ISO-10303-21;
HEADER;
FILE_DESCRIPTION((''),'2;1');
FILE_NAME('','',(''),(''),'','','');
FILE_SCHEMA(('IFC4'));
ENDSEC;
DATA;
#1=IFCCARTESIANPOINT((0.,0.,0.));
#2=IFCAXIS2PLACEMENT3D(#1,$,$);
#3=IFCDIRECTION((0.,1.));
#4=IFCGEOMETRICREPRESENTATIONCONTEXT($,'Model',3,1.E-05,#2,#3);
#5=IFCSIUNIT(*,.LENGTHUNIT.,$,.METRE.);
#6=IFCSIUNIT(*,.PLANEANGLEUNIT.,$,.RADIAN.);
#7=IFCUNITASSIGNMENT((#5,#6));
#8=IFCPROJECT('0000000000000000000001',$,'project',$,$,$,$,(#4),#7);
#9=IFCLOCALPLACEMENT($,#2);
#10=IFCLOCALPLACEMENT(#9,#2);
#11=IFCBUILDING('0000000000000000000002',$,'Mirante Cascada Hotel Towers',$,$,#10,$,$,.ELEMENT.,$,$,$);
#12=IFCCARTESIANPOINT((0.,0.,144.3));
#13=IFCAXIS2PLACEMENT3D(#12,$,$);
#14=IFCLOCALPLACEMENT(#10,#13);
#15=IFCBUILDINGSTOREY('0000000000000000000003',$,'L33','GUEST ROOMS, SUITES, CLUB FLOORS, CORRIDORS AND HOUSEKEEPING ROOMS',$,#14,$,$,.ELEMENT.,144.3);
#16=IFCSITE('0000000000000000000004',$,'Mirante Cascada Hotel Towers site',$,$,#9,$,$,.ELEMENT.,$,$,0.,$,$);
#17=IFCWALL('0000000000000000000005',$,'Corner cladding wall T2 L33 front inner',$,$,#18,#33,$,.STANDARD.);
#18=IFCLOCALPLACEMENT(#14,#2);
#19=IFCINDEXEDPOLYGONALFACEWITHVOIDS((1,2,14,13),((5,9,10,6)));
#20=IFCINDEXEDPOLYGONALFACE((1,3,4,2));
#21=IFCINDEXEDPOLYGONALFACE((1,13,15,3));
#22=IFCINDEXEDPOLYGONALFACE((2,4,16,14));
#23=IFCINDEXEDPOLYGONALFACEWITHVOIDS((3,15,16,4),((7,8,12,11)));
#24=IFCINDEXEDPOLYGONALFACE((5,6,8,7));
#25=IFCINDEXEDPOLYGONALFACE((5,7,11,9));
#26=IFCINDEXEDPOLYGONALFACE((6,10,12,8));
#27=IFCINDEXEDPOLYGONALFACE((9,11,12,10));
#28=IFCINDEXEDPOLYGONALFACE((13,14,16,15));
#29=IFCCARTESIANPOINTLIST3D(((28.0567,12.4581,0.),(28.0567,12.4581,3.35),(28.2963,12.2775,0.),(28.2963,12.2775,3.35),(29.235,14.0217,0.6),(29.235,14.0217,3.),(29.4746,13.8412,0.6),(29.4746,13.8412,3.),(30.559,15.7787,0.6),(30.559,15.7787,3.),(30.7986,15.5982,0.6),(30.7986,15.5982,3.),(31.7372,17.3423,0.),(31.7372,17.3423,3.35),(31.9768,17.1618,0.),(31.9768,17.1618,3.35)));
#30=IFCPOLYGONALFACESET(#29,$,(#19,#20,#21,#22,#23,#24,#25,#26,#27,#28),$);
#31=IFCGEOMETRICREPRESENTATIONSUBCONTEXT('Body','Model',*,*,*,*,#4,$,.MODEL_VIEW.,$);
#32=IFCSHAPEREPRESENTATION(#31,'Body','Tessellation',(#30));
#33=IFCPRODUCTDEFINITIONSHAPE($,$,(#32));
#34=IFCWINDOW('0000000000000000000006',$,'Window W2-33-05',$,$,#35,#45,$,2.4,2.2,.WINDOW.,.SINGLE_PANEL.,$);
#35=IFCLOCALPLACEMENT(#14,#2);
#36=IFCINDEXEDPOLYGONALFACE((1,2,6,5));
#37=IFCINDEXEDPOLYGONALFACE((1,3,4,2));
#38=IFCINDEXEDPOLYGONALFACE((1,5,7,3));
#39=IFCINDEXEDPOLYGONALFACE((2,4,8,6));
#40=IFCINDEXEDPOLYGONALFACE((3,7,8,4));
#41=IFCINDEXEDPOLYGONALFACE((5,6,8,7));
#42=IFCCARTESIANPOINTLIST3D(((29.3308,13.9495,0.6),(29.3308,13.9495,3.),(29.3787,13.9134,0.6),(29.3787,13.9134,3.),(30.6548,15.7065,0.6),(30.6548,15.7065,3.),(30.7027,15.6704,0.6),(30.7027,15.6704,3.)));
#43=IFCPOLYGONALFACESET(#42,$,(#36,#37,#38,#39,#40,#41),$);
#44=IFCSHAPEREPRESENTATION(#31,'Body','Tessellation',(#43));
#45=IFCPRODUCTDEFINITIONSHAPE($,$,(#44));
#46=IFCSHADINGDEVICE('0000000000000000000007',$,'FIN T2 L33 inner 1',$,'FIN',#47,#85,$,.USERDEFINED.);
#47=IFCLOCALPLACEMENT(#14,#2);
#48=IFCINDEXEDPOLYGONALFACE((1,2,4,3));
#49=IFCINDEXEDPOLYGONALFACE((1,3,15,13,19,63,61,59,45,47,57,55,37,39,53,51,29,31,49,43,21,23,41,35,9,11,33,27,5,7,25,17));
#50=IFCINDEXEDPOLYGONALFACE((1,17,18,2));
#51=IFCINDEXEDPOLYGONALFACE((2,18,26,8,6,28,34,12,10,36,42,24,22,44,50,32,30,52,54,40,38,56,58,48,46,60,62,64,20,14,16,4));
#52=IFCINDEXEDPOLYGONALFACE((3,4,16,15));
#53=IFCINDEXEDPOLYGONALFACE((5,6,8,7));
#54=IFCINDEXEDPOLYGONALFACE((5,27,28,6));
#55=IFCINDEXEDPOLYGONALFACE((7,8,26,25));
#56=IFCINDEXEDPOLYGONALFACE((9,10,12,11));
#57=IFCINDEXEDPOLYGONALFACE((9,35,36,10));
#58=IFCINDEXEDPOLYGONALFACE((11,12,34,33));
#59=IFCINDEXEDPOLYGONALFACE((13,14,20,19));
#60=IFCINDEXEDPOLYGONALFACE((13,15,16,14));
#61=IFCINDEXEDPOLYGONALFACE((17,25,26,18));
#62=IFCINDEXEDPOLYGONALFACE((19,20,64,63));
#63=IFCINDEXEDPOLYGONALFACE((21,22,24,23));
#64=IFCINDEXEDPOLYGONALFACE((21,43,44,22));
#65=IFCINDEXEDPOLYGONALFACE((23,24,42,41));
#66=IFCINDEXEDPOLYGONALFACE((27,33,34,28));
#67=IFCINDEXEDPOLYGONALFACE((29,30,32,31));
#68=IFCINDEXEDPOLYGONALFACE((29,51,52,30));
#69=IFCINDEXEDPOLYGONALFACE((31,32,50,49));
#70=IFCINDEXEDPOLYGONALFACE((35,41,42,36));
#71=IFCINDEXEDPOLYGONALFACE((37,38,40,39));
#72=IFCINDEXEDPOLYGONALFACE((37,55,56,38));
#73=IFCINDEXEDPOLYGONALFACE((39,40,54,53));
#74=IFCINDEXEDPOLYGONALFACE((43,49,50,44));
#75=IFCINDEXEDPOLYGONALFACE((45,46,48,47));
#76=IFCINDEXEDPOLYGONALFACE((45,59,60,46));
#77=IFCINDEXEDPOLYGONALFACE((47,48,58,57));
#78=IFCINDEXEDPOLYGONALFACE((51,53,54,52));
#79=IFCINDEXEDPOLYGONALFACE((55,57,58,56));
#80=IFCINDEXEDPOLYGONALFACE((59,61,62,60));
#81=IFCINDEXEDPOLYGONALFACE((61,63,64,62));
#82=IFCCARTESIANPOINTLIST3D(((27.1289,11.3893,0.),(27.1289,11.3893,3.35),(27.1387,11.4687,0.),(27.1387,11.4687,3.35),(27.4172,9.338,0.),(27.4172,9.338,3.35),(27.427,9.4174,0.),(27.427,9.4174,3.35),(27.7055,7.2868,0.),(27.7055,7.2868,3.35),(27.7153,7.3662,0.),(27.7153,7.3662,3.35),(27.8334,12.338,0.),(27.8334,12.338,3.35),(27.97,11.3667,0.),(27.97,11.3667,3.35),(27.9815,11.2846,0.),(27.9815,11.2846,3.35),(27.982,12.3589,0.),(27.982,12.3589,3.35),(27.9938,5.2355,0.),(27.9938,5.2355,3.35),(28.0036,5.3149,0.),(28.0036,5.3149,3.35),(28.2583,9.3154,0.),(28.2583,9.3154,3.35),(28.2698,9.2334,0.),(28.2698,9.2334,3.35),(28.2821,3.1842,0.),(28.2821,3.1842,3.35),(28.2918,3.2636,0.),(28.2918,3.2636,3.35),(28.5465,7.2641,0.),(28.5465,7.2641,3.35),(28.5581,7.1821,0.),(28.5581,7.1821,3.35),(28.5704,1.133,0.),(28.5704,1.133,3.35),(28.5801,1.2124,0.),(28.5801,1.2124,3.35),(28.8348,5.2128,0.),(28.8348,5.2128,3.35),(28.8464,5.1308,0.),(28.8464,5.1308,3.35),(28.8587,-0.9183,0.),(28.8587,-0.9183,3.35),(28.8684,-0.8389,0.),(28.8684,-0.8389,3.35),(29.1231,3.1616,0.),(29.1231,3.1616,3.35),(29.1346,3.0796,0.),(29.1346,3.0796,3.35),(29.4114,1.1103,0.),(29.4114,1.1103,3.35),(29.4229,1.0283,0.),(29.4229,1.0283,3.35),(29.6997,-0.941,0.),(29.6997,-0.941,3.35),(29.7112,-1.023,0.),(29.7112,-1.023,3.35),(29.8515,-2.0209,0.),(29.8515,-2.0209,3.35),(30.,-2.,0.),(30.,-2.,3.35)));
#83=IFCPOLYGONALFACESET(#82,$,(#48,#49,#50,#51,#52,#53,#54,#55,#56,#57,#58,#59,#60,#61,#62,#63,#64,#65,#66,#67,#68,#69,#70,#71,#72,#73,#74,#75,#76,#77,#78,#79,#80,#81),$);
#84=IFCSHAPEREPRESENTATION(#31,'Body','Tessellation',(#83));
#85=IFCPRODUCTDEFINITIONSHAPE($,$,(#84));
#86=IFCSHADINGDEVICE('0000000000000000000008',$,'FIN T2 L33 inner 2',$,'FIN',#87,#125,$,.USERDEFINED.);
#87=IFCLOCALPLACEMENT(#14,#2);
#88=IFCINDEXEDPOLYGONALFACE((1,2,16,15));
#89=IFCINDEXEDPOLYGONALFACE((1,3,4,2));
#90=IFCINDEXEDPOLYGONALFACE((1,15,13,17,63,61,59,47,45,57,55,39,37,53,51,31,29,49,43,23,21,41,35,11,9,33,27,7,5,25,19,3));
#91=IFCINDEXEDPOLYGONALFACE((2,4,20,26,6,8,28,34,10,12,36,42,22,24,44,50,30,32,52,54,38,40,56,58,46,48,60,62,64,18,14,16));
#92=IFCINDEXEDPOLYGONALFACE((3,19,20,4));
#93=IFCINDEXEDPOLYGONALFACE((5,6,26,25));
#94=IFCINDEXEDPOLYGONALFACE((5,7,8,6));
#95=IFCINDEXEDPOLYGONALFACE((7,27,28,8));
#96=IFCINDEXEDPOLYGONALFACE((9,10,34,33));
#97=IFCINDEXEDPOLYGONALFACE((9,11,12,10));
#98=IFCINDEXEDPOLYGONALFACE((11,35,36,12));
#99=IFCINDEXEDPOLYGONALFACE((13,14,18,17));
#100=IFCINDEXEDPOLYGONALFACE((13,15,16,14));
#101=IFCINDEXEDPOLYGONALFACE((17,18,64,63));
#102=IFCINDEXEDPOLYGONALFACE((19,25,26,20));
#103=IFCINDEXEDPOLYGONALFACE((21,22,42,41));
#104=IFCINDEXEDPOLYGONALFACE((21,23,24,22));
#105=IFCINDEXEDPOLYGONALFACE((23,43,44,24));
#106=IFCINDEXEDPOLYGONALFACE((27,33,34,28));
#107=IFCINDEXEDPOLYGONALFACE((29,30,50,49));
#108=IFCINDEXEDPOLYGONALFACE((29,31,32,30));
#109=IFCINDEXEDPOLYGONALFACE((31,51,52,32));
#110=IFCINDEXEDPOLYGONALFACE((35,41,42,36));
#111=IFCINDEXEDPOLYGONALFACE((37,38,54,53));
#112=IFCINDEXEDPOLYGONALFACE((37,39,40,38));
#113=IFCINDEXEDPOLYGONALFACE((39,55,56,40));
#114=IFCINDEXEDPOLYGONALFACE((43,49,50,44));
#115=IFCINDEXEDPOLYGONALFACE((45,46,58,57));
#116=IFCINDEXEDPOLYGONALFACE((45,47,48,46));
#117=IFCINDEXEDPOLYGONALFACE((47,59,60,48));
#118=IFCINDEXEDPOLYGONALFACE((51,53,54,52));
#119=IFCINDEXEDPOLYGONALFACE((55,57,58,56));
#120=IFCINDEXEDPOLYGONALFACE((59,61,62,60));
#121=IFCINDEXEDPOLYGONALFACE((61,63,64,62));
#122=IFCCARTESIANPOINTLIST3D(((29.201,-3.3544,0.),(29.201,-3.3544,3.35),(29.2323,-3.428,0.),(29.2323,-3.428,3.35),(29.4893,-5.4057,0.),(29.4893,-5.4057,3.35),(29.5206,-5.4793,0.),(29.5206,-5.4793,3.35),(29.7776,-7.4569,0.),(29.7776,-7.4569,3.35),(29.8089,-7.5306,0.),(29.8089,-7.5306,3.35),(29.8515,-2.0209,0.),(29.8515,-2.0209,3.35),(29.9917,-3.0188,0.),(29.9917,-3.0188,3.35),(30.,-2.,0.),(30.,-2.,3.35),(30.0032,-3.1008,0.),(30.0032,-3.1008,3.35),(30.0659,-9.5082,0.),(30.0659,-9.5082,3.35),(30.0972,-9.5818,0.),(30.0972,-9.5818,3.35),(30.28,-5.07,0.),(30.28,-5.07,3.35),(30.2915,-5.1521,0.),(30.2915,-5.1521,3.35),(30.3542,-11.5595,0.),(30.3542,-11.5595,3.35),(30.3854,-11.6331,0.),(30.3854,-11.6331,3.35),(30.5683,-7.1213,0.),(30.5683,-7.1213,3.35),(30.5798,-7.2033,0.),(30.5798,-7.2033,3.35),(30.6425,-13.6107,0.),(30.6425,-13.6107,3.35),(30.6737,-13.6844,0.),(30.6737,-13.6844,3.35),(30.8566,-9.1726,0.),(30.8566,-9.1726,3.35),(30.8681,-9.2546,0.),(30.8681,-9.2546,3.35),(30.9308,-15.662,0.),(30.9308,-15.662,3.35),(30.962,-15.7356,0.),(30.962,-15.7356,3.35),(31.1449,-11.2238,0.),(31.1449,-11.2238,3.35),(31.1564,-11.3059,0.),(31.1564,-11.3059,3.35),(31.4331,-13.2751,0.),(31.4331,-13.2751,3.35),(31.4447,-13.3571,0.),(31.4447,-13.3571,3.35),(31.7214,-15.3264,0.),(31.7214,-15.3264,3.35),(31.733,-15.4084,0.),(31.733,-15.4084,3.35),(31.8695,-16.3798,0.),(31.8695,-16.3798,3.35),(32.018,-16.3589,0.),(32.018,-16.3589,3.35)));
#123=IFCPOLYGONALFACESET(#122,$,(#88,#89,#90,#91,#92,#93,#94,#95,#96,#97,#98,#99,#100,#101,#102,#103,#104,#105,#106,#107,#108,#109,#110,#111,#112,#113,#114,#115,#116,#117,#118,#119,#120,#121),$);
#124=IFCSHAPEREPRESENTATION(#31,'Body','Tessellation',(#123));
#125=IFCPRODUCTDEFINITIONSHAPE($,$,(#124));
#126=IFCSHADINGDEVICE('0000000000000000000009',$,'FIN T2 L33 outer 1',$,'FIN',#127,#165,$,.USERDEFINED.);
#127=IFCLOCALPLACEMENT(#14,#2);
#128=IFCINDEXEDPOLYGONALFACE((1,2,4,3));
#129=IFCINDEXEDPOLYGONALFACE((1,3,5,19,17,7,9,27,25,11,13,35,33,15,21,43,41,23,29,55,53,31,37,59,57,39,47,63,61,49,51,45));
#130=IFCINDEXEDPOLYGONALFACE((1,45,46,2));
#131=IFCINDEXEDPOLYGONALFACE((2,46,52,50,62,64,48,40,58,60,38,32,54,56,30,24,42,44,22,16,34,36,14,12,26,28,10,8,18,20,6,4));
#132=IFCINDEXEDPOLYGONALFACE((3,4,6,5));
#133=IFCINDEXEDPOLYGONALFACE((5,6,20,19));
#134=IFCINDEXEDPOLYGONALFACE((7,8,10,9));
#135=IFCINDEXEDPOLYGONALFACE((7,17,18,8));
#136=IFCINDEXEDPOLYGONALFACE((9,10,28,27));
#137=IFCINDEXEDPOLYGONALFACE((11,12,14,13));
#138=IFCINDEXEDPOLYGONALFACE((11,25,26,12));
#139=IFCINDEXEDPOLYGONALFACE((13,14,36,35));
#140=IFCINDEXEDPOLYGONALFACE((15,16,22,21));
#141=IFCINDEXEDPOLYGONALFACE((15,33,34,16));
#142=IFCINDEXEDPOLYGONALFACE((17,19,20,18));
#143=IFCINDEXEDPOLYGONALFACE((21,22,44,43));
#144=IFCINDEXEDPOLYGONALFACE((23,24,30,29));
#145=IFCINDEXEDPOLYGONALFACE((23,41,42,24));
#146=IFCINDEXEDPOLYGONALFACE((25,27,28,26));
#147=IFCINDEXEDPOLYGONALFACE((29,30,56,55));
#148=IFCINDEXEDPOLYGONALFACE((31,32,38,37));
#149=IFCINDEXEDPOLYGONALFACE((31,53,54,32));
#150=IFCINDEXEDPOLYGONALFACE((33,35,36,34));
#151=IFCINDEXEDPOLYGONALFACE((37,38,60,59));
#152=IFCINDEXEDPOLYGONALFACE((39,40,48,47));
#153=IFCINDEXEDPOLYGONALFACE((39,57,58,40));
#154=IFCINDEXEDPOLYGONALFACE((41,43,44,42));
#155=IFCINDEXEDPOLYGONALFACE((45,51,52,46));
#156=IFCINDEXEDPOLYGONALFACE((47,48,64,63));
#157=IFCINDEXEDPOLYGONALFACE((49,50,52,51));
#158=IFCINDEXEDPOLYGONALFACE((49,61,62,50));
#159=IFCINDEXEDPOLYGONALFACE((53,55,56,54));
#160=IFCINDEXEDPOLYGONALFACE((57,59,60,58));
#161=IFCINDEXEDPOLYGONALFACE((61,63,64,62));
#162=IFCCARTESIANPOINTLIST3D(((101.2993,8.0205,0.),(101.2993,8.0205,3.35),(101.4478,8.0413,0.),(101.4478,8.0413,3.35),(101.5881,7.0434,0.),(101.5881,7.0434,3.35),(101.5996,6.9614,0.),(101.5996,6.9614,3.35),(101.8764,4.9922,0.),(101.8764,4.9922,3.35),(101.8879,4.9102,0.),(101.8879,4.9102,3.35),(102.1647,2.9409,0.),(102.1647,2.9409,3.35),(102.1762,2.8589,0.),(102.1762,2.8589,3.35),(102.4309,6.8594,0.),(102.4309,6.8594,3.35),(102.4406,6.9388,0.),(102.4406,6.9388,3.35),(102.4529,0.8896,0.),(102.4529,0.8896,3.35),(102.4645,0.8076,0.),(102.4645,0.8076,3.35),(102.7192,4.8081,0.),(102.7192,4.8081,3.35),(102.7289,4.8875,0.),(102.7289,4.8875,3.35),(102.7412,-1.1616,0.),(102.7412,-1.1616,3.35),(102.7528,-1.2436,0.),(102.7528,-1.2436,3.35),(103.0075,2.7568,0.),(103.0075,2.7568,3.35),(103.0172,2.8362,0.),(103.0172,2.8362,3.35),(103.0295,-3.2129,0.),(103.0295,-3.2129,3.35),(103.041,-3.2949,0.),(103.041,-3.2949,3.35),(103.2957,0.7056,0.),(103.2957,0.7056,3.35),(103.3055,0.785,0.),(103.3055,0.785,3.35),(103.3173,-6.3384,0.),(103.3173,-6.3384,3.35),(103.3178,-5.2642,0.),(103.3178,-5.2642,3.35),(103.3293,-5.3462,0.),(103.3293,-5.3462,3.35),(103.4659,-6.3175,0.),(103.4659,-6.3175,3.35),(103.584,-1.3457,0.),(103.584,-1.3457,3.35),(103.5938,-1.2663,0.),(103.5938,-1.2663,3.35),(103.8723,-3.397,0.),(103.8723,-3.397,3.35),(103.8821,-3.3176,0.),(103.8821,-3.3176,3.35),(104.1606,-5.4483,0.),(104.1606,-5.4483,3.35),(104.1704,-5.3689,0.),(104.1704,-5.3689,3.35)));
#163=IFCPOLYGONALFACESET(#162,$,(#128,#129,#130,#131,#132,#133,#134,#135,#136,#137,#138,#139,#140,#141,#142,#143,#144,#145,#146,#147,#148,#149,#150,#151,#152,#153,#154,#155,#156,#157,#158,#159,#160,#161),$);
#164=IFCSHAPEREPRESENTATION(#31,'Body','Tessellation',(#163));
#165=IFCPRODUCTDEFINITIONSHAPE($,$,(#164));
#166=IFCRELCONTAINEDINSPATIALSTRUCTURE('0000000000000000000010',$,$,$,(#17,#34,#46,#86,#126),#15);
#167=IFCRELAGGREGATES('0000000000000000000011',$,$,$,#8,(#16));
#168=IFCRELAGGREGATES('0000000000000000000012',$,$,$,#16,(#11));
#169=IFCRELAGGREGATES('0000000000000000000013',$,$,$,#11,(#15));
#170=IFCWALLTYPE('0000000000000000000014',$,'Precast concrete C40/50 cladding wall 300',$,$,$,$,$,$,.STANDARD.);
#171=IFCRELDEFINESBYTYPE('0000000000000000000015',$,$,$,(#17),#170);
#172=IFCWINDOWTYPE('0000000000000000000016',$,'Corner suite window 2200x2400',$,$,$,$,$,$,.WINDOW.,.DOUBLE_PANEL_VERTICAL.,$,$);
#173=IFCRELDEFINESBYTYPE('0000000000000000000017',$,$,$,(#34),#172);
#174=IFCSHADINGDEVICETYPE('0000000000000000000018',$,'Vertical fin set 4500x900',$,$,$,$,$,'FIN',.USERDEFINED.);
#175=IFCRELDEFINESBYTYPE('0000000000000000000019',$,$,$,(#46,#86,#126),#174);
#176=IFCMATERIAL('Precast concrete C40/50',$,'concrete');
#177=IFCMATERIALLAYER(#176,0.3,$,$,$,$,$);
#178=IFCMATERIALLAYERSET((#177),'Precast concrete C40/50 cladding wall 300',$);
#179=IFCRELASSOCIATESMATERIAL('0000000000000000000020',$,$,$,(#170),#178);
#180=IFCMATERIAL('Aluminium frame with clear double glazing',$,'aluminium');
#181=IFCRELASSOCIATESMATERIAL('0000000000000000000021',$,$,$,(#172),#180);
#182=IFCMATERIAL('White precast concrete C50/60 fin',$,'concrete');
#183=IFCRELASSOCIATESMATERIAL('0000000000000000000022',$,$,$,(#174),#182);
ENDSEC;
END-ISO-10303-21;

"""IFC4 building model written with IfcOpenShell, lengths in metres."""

from ifc_helpers import new_model, si_unit, direction, frame, frame_2d, origin, place, context, subcontext, project, spatial, polyline, rectangle, outline, extrude, material, layer, layer_set, type_object, element, fill, save


model = new_model("IFC4")

# Units and contexts
model_context = context("Model", 3, precision=1e-05, world=origin(), true_north=direction((0.0, 1.0)))
body_context = subcontext(model_context, "Body", "Model", "MODEL_VIEW")
ifc_project = project(units=[si_unit("LENGTHUNIT", "METRE"), si_unit("PLANEANGLEUNIT", "RADIAN")], contexts=[model_context])

# Site, building, storey
site_placement = place(None, origin())
site = spatial("IfcSite", under=ifc_project, at=site_placement, Name="Mirante Cascada Hotel Towers site", CompositionType="ELEMENT", RefElevation=0.0)
building_placement = place(site_placement, origin())
building = spatial("IfcBuilding", under=site, at=building_placement, Name="Mirante Cascada Hotel Towers", CompositionType="ELEMENT")
storey_placement = place(building_placement, frame((0.0, 0.0, 144.3)))
storey = spatial("IfcBuildingStorey", under=building, at=storey_placement, Name="L33", Description="GUEST ROOMS, SUITES, CLUB FLOORS, CORRIDORS AND HOUSEKEEPING ROOMS", CompositionType="ELEMENT", Elevation=144.3)

# Wall, opening, window
ifc_material_1 = material(Name="Precast concrete C40/50", Category="concrete")
ifc_layer_1 = layer(ifc_material_1, 0.3)
ifc_layer_set_1 = layer_set([ifc_layer_1], Name="Precast concrete C40/50 cladding wall 300")
wall_type_1 = type_object("IfcWallType", Name="Precast concrete C40/50 cladding wall 300", PredefinedType="STANDARD", material=ifc_layer_set_1)
wall_1_placement = place(storey_placement, frame((31.857, 17.252, 0.0), z_axis=(0.0, 0.0, 1.0), x_axis=(-0.601814, -0.798636, 0.0)))
wall_1 = element("IfcWall", 1, at=wall_1_placement, inside=storey, type_object=wall_type_1, Name="Corner cladding wall T2 L33 front inner", PredefinedType="STANDARD", context=body_context, shape_type="SweptSolid", body=[
    extrude(rectangle(XDim=6.1157, YDim=0.3, at=frame_2d((3.0578, 0.0))), origin(), (0.0, 0.0, 1.0), 3.35),
])
opening_1_placement = place(wall_1_placement, frame((1.9578, 0.0, 0.6)))
opening_1 = element("IfcOpeningElement", 2, at=opening_1_placement, cuts=wall_1, PredefinedType="OPENING", context=body_context, shape_type="SweptSolid", body=[
    extrude(rectangle(XDim=2.2, YDim=2.4, at=frame_2d((1.1, 1.2))), frame((0.0, 0.15, 0.0), z_axis=(0.0, -1.0, 0.0), x_axis=(1.0, 0.0, 0.0)), (0.0, 0.0, 1.0), 0.3),
])
ifc_material_2 = material(Name="Aluminium frame with clear double glazing", Category="aluminium")
window_type = type_object("IfcWindowType", Name="Corner suite window 2200x2400", PartitioningType="DOUBLE_PANEL_VERTICAL", PredefinedType="WINDOW", material=ifc_material_2)
window_placement = place(opening_1_placement, origin())
window = element("IfcWindow", 3, at=window_placement, inside=storey, type_object=window_type, Name="Window W2-33-05", OverallHeight=2.4, OverallWidth=2.2, PartitioningType="SINGLE_PANEL", PredefinedType="WINDOW", context=body_context, shape_type="SweptSolid", body=[
    extrude(rectangle(XDim=2.2, YDim=2.4, at=frame_2d((1.1, 1.2))), frame((0.0, 0.03, 0.0), z_axis=(0.0, -1.0, 0.0), x_axis=(1.0, 0.0, 0.0)), (0.0, 0.0, 1.0), 0.06),
])
fill(opening_1, window)

# Shading devices
ifc_material_3 = material(Name="White precast concrete C50/60 fin", Category="concrete")
shading_device_type = type_object("IfcShadingDeviceType", Name="Vertical fin set 4500x900", ElementType="FIN", PredefinedType="USERDEFINED", material=ifc_material_3)
shading_device_1_placement = place(storey_placement, origin())
element("IfcShadingDevice", 4, at=shading_device_1_placement, inside=storey, type_object=shading_device_type, Name="FIN T2 L33 inner 1", ObjectType="FIN", PredefinedType="USERDEFINED", context=body_context, shape_type="SweptSolid", body=[
    extrude(outline(polyline([(28.8684, -0.8389), (29.6997, -0.941), (29.4229, 1.0283), (28.5704, 1.133), (28.5801, 1.2124), (29.4114, 1.1103), (29.1346, 3.0796), (28.2821, 3.1842), (28.2918, 3.2636), (29.1231, 3.1616), (28.8464, 5.1308), (27.9938, 5.2355), (28.0036, 5.3149), (28.8348, 5.2128), (28.5581, 7.1821), (27.7055, 7.2868), (27.7153, 7.3662), (28.5465, 7.2641), (28.2698, 9.2334), (27.4172, 9.338), (27.427, 9.4174), (28.2583, 9.3154), (27.9815, 11.2846), (27.1289, 11.3893), (27.1387, 11.4687), (27.97, 11.3667), (27.8334, 12.338), (27.982, 12.3589), (30.0, -2.0), (29.8515, -2.0209), (29.7112, -1.023), (28.8587, -0.9183), (28.8684, -0.8389)])), origin(), (0.0, 0.0, 1.0), 3.35),
])
shading_device_2_placement = place(storey_placement, origin())
element("IfcShadingDevice", 5, at=shading_device_2_placement, inside=storey, type_object=shading_device_type, Name="FIN T2 L33 inner 2", ObjectType="FIN", PredefinedType="USERDEFINED", context=body_context, shape_type="SweptSolid", body=[
    extrude(outline(polyline([(30.9308, -15.662), (31.7214, -15.3264), (31.4447, -13.3571), (30.6737, -13.6844), (30.6425, -13.6107), (31.4331, -13.2751), (31.1564, -11.3059), (30.3854, -11.6331), (30.3542, -11.5595), (31.1449, -11.2238), (30.8681, -9.2546), (30.0972, -9.5818), (30.0659, -9.5082), (30.8566, -9.1726), (30.5798, -7.2033), (29.8089, -7.5306), (29.7776, -7.4569), (30.5683, -7.1213), (30.2915, -5.1521), (29.5206, -5.4793), (29.4893, -5.4057), (30.28, -5.07), (30.0032, -3.1008), (29.2323, -3.428), (29.201, -3.3544), (29.9917, -3.0188), (29.8515, -2.0209), (30.0, -2.0), (32.018, -16.3589), (31.8695, -16.3798), (31.733, -15.4084), (30.962, -15.7356), (30.9308, -15.662)])), origin(), (0.0, 0.0, 1.0), 3.35),
])
shading_device_3_placement = place(storey_placement, origin())
element("IfcShadingDevice", 6, at=shading_device_3_placement, inside=storey, type_object=shading_device_type, Name="FIN T2 L33 outer 1", ObjectType="FIN", PredefinedType="USERDEFINED", context=body_context, shape_type="SweptSolid", body=[
    extrude(outline(polyline([(104.1606, -5.4483), (103.3293, -5.3462), (103.4659, -6.3175), (103.3173, -6.3384), (101.2993, 8.0205), (101.4478, 8.0413), (101.5881, 7.0434), (102.4406, 6.9388), (102.4309, 6.8594), (101.5996, 6.9614), (101.8764, 4.9922), (102.7289, 4.8875), (102.7192, 4.8081), (101.8879, 4.9102), (102.1647, 2.9409), (103.0172, 2.8362), (103.0075, 2.7568), (102.1762, 2.8589), (102.4529, 0.8896), (103.3055, 0.785), (103.2957, 0.7056), (102.4645, 0.8076), (102.7412, -1.1616), (103.5938, -1.2663), (103.584, -1.3457), (102.7528, -1.2436), (103.0295, -3.2129), (103.8821, -3.3176), (103.8723, -3.397), (103.041, -3.2949), (103.3178, -5.2642), (104.1704, -5.3689), (104.1606, -5.4483)])), origin(), (0.0, 0.0, 1.0), 3.35),
])

save(model, "model.ifc")
